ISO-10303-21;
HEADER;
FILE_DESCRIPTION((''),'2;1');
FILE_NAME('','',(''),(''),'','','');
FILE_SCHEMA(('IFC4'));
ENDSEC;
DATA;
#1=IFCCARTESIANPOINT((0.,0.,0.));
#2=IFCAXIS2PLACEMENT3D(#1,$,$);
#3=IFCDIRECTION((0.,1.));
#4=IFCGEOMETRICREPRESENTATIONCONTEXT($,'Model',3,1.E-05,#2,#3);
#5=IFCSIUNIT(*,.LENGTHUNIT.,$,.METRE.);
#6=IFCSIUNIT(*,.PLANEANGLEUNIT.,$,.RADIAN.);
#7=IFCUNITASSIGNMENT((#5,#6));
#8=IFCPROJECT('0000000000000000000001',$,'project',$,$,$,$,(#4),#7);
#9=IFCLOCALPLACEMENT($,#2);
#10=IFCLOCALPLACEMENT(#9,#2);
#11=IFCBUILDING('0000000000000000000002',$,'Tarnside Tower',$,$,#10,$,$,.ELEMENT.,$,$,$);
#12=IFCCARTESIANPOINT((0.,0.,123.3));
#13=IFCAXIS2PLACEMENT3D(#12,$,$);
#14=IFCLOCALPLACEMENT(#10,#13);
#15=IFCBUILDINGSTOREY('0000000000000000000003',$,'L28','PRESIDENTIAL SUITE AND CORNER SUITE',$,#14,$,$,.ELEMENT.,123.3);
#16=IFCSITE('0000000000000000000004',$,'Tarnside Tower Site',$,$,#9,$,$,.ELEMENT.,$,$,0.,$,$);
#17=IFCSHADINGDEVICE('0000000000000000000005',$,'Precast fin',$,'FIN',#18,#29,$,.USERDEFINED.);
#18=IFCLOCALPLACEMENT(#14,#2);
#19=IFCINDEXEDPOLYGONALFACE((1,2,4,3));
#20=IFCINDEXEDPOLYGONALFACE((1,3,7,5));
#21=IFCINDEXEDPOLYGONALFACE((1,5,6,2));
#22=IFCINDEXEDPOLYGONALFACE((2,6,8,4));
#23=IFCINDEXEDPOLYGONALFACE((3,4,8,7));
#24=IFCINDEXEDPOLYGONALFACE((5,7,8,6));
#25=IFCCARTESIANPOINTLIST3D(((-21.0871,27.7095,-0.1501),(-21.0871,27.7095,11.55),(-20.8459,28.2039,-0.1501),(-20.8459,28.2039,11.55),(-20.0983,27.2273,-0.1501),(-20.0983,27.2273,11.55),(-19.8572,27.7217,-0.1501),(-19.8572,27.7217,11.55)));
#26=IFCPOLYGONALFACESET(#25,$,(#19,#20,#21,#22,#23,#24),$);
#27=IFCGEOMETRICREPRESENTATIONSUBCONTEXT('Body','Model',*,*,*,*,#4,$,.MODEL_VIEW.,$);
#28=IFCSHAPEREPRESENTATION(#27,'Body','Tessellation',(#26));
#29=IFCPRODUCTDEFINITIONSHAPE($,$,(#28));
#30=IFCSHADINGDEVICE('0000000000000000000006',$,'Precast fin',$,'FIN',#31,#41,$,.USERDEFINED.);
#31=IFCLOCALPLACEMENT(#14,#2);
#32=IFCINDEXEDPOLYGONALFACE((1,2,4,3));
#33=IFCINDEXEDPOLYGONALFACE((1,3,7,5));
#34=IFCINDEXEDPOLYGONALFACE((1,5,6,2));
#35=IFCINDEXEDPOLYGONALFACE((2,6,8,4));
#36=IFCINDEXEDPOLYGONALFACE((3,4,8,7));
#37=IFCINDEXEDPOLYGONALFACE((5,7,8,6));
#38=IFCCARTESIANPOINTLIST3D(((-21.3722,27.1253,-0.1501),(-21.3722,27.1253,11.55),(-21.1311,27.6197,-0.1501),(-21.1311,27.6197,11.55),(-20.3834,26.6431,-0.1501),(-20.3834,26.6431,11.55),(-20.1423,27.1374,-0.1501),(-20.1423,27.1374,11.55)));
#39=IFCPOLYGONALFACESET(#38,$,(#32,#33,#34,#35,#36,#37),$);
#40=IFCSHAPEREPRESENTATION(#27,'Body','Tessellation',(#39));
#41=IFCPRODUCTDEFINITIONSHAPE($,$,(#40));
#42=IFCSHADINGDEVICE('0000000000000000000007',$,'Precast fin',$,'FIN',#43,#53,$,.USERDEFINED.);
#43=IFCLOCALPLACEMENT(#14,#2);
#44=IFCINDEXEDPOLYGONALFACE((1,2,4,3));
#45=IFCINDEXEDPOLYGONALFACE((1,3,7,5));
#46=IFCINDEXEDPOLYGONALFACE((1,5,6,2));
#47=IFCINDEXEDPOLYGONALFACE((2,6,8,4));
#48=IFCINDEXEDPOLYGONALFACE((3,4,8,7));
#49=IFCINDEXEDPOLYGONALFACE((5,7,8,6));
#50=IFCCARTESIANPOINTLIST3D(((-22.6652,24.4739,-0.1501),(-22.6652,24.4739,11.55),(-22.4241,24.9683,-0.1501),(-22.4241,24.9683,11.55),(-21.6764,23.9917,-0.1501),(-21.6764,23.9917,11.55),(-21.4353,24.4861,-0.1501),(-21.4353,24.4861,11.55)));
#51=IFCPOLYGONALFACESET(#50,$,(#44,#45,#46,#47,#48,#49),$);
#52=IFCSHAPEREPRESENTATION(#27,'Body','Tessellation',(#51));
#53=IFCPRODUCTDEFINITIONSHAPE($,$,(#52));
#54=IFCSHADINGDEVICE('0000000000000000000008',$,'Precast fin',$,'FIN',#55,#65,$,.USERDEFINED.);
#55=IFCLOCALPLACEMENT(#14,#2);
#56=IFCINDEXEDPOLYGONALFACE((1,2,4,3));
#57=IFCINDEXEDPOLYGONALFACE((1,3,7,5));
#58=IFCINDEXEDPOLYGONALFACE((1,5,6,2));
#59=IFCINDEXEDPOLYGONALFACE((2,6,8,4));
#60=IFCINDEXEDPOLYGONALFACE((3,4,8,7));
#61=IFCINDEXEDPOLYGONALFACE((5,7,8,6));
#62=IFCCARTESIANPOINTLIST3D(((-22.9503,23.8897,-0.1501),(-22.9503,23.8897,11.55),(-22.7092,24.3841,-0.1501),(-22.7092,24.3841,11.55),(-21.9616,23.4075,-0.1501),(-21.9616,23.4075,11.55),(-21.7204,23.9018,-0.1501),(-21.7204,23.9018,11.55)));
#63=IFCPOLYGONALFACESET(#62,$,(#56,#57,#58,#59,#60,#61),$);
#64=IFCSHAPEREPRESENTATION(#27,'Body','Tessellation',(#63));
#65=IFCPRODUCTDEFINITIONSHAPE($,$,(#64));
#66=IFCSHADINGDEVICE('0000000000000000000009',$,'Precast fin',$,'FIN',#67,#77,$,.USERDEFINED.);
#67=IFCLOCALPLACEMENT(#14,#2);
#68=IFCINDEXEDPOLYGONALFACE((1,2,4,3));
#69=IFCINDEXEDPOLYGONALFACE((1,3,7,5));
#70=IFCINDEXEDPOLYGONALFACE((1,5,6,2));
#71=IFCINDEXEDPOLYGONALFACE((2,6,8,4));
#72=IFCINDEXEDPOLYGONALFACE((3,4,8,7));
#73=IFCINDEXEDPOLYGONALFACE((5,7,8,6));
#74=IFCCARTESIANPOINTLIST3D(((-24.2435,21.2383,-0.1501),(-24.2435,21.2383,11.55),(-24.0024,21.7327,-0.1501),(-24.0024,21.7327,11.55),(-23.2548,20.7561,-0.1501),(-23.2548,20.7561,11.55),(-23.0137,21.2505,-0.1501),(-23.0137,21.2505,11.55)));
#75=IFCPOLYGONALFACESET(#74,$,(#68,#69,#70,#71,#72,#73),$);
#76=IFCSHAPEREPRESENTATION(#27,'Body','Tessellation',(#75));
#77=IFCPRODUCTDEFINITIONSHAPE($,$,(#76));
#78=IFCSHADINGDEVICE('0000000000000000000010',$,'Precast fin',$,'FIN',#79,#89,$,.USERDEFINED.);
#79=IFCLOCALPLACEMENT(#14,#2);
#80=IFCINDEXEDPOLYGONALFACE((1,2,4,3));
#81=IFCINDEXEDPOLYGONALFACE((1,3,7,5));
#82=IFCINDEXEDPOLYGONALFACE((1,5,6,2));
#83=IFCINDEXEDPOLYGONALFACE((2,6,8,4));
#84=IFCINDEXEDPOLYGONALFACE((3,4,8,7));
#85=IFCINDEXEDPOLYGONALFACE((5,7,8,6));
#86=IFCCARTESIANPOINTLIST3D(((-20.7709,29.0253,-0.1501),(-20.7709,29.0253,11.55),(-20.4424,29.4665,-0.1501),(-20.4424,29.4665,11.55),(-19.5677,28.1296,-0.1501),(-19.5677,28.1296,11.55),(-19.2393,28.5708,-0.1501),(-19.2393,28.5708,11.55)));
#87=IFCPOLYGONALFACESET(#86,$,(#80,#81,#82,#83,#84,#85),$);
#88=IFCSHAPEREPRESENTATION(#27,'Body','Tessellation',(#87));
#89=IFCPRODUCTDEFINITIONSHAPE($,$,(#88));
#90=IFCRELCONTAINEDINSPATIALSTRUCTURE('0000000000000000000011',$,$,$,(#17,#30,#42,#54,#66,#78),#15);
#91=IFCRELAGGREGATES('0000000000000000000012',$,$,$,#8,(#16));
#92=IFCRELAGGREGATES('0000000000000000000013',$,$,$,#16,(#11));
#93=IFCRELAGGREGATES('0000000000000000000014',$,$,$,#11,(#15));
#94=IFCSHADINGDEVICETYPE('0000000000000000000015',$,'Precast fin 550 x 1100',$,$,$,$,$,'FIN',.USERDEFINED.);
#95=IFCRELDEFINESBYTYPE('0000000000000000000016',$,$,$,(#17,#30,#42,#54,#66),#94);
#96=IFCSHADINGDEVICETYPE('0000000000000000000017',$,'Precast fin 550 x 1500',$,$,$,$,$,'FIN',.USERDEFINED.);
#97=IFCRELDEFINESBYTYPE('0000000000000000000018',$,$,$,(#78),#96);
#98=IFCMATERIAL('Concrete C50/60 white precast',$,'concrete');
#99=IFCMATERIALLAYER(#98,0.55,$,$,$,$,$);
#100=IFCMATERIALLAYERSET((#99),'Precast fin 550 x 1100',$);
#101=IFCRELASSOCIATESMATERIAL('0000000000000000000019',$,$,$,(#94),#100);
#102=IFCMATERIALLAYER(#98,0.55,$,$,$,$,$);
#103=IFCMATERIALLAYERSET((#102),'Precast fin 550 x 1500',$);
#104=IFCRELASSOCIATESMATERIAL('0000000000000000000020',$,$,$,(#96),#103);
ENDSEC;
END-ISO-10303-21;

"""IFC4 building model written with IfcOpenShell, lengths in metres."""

from ifc_helpers import new_model, si_unit, direction, frame, origin, place, context, subcontext, project, spatial, polyline, outline, extrude, material, layer, layer_set, type_object, element, save


model = new_model("IFC4")

# Units and contexts
model_context = context("Model", 3, precision=1e-05, world=origin(), true_north=direction((0.0, 1.0)))
body_context = subcontext(model_context, "Body", "Model", "MODEL_VIEW")
ifc_project = project(units=[si_unit("LENGTHUNIT", "METRE"), si_unit("PLANEANGLEUNIT", "RADIAN")], contexts=[model_context])

# Site, building, storey
site_placement = place(None, origin())
site = spatial("IfcSite", under=ifc_project, at=site_placement, Name="Tarnside Tower Site", CompositionType="ELEMENT", RefElevation=0.0)
building_placement = place(site_placement, origin())
building = spatial("IfcBuilding", under=site, at=building_placement, Name="Tarnside Tower", CompositionType="ELEMENT")
storey_placement = place(building_placement, frame((0.0, 0.0, 123.3)))
storey = spatial("IfcBuildingStorey", under=building, at=storey_placement, Name="L28", Description="PRESIDENTIAL SUITE AND CORNER SUITE", CompositionType="ELEMENT", Elevation=123.3)

# Shading devices
ifc_material_1 = material(Name="Concrete C50/60 white precast", Category="concrete")
ifc_layer_1 = layer(ifc_material_1, 0.55)
ifc_layer_set_1 = layer_set([ifc_layer_1], Name="Precast fin 550 x 1100")
shading_device_type_1 = type_object("IfcShadingDeviceType", Name="Precast fin 550 x 1100", ElementType="FIN", PredefinedType="USERDEFINED", material=ifc_layer_set_1)
for number, where, z_axis, x_axis, name in (
    (1, (-19.9778, 27.4744, -0.1501), (0.438371, 0.898794, 0.0), (-0.898794, 0.438371, 0.0), "Precast fin"),
    (2, (-20.2629, 26.8901, -0.1501), (0.438371, 0.898794, 0.0), (-0.898794, 0.438371, 0.0), "Precast fin"),
    (3, (-21.5559, 24.2388, -0.1501), (0.438371, 0.898794, 0.0), (-0.898794, 0.438371, 0.0), "Precast fin"),
    (4, (-21.8411, 23.6545, -0.1501), (0.438371, 0.898794, 0.0), (-0.898794, 0.438371, 0.0), "Precast fin"),
    (5, (-23.1343, 21.0032, -0.1501), (0.438371, 0.898794, 0.0), (-0.898794, 0.438371, 0.0), "Precast fin"),
):
    element("IfcShadingDevice", number, at=place(storey_placement, frame(where, z_axis=z_axis, x_axis=x_axis)), inside=storey, type_object=shading_device_type_1, Name=name, ObjectType="FIN", PredefinedType="USERDEFINED", context=body_context, shape_type="SweptSolid", body=[
        extrude(outline(polyline([(0.0, 0.0), (1.1001, 0.0), (1.1001, 11.7002), (0.0, 11.7002), (0.0, 0.0)])), frame((0.0, 0.0, -0.2749)), (0.0, 0.0, 1.0), 0.55),
    ])
ifc_layer_2 = layer(ifc_material_1, 0.55)
ifc_layer_set_2 = layer_set([ifc_layer_2], Name="Precast fin 550 x 1500")
shading_device_type_2 = type_object("IfcShadingDeviceType", Name="Precast fin 550 x 1500", ElementType="FIN", PredefinedType="USERDEFINED", material=ifc_layer_set_2)
shading_device_placement = place(storey_placement, frame((-19.4036, 28.3501, -0.1501), z_axis=(0.597159, 0.802123, 0.0), x_axis=(-0.802123, 0.597159, 0.0)))
element("IfcShadingDevice", 6, at=shading_device_placement, inside=storey, type_object=shading_device_type_2, Name="Precast fin", ObjectType="FIN", PredefinedType="USERDEFINED", context=body_context, shape_type="SweptSolid", body=[
    extrude(outline(polyline([(0.0, 0.0), (1.5, 0.0), (1.5, 11.7002), (0.0, 11.7002), (0.0, 0.0)])), frame((0.0, 0.0, -0.2749)), (0.0, 0.0, 1.0), 0.55),
])

save(model, "model.ifc")
